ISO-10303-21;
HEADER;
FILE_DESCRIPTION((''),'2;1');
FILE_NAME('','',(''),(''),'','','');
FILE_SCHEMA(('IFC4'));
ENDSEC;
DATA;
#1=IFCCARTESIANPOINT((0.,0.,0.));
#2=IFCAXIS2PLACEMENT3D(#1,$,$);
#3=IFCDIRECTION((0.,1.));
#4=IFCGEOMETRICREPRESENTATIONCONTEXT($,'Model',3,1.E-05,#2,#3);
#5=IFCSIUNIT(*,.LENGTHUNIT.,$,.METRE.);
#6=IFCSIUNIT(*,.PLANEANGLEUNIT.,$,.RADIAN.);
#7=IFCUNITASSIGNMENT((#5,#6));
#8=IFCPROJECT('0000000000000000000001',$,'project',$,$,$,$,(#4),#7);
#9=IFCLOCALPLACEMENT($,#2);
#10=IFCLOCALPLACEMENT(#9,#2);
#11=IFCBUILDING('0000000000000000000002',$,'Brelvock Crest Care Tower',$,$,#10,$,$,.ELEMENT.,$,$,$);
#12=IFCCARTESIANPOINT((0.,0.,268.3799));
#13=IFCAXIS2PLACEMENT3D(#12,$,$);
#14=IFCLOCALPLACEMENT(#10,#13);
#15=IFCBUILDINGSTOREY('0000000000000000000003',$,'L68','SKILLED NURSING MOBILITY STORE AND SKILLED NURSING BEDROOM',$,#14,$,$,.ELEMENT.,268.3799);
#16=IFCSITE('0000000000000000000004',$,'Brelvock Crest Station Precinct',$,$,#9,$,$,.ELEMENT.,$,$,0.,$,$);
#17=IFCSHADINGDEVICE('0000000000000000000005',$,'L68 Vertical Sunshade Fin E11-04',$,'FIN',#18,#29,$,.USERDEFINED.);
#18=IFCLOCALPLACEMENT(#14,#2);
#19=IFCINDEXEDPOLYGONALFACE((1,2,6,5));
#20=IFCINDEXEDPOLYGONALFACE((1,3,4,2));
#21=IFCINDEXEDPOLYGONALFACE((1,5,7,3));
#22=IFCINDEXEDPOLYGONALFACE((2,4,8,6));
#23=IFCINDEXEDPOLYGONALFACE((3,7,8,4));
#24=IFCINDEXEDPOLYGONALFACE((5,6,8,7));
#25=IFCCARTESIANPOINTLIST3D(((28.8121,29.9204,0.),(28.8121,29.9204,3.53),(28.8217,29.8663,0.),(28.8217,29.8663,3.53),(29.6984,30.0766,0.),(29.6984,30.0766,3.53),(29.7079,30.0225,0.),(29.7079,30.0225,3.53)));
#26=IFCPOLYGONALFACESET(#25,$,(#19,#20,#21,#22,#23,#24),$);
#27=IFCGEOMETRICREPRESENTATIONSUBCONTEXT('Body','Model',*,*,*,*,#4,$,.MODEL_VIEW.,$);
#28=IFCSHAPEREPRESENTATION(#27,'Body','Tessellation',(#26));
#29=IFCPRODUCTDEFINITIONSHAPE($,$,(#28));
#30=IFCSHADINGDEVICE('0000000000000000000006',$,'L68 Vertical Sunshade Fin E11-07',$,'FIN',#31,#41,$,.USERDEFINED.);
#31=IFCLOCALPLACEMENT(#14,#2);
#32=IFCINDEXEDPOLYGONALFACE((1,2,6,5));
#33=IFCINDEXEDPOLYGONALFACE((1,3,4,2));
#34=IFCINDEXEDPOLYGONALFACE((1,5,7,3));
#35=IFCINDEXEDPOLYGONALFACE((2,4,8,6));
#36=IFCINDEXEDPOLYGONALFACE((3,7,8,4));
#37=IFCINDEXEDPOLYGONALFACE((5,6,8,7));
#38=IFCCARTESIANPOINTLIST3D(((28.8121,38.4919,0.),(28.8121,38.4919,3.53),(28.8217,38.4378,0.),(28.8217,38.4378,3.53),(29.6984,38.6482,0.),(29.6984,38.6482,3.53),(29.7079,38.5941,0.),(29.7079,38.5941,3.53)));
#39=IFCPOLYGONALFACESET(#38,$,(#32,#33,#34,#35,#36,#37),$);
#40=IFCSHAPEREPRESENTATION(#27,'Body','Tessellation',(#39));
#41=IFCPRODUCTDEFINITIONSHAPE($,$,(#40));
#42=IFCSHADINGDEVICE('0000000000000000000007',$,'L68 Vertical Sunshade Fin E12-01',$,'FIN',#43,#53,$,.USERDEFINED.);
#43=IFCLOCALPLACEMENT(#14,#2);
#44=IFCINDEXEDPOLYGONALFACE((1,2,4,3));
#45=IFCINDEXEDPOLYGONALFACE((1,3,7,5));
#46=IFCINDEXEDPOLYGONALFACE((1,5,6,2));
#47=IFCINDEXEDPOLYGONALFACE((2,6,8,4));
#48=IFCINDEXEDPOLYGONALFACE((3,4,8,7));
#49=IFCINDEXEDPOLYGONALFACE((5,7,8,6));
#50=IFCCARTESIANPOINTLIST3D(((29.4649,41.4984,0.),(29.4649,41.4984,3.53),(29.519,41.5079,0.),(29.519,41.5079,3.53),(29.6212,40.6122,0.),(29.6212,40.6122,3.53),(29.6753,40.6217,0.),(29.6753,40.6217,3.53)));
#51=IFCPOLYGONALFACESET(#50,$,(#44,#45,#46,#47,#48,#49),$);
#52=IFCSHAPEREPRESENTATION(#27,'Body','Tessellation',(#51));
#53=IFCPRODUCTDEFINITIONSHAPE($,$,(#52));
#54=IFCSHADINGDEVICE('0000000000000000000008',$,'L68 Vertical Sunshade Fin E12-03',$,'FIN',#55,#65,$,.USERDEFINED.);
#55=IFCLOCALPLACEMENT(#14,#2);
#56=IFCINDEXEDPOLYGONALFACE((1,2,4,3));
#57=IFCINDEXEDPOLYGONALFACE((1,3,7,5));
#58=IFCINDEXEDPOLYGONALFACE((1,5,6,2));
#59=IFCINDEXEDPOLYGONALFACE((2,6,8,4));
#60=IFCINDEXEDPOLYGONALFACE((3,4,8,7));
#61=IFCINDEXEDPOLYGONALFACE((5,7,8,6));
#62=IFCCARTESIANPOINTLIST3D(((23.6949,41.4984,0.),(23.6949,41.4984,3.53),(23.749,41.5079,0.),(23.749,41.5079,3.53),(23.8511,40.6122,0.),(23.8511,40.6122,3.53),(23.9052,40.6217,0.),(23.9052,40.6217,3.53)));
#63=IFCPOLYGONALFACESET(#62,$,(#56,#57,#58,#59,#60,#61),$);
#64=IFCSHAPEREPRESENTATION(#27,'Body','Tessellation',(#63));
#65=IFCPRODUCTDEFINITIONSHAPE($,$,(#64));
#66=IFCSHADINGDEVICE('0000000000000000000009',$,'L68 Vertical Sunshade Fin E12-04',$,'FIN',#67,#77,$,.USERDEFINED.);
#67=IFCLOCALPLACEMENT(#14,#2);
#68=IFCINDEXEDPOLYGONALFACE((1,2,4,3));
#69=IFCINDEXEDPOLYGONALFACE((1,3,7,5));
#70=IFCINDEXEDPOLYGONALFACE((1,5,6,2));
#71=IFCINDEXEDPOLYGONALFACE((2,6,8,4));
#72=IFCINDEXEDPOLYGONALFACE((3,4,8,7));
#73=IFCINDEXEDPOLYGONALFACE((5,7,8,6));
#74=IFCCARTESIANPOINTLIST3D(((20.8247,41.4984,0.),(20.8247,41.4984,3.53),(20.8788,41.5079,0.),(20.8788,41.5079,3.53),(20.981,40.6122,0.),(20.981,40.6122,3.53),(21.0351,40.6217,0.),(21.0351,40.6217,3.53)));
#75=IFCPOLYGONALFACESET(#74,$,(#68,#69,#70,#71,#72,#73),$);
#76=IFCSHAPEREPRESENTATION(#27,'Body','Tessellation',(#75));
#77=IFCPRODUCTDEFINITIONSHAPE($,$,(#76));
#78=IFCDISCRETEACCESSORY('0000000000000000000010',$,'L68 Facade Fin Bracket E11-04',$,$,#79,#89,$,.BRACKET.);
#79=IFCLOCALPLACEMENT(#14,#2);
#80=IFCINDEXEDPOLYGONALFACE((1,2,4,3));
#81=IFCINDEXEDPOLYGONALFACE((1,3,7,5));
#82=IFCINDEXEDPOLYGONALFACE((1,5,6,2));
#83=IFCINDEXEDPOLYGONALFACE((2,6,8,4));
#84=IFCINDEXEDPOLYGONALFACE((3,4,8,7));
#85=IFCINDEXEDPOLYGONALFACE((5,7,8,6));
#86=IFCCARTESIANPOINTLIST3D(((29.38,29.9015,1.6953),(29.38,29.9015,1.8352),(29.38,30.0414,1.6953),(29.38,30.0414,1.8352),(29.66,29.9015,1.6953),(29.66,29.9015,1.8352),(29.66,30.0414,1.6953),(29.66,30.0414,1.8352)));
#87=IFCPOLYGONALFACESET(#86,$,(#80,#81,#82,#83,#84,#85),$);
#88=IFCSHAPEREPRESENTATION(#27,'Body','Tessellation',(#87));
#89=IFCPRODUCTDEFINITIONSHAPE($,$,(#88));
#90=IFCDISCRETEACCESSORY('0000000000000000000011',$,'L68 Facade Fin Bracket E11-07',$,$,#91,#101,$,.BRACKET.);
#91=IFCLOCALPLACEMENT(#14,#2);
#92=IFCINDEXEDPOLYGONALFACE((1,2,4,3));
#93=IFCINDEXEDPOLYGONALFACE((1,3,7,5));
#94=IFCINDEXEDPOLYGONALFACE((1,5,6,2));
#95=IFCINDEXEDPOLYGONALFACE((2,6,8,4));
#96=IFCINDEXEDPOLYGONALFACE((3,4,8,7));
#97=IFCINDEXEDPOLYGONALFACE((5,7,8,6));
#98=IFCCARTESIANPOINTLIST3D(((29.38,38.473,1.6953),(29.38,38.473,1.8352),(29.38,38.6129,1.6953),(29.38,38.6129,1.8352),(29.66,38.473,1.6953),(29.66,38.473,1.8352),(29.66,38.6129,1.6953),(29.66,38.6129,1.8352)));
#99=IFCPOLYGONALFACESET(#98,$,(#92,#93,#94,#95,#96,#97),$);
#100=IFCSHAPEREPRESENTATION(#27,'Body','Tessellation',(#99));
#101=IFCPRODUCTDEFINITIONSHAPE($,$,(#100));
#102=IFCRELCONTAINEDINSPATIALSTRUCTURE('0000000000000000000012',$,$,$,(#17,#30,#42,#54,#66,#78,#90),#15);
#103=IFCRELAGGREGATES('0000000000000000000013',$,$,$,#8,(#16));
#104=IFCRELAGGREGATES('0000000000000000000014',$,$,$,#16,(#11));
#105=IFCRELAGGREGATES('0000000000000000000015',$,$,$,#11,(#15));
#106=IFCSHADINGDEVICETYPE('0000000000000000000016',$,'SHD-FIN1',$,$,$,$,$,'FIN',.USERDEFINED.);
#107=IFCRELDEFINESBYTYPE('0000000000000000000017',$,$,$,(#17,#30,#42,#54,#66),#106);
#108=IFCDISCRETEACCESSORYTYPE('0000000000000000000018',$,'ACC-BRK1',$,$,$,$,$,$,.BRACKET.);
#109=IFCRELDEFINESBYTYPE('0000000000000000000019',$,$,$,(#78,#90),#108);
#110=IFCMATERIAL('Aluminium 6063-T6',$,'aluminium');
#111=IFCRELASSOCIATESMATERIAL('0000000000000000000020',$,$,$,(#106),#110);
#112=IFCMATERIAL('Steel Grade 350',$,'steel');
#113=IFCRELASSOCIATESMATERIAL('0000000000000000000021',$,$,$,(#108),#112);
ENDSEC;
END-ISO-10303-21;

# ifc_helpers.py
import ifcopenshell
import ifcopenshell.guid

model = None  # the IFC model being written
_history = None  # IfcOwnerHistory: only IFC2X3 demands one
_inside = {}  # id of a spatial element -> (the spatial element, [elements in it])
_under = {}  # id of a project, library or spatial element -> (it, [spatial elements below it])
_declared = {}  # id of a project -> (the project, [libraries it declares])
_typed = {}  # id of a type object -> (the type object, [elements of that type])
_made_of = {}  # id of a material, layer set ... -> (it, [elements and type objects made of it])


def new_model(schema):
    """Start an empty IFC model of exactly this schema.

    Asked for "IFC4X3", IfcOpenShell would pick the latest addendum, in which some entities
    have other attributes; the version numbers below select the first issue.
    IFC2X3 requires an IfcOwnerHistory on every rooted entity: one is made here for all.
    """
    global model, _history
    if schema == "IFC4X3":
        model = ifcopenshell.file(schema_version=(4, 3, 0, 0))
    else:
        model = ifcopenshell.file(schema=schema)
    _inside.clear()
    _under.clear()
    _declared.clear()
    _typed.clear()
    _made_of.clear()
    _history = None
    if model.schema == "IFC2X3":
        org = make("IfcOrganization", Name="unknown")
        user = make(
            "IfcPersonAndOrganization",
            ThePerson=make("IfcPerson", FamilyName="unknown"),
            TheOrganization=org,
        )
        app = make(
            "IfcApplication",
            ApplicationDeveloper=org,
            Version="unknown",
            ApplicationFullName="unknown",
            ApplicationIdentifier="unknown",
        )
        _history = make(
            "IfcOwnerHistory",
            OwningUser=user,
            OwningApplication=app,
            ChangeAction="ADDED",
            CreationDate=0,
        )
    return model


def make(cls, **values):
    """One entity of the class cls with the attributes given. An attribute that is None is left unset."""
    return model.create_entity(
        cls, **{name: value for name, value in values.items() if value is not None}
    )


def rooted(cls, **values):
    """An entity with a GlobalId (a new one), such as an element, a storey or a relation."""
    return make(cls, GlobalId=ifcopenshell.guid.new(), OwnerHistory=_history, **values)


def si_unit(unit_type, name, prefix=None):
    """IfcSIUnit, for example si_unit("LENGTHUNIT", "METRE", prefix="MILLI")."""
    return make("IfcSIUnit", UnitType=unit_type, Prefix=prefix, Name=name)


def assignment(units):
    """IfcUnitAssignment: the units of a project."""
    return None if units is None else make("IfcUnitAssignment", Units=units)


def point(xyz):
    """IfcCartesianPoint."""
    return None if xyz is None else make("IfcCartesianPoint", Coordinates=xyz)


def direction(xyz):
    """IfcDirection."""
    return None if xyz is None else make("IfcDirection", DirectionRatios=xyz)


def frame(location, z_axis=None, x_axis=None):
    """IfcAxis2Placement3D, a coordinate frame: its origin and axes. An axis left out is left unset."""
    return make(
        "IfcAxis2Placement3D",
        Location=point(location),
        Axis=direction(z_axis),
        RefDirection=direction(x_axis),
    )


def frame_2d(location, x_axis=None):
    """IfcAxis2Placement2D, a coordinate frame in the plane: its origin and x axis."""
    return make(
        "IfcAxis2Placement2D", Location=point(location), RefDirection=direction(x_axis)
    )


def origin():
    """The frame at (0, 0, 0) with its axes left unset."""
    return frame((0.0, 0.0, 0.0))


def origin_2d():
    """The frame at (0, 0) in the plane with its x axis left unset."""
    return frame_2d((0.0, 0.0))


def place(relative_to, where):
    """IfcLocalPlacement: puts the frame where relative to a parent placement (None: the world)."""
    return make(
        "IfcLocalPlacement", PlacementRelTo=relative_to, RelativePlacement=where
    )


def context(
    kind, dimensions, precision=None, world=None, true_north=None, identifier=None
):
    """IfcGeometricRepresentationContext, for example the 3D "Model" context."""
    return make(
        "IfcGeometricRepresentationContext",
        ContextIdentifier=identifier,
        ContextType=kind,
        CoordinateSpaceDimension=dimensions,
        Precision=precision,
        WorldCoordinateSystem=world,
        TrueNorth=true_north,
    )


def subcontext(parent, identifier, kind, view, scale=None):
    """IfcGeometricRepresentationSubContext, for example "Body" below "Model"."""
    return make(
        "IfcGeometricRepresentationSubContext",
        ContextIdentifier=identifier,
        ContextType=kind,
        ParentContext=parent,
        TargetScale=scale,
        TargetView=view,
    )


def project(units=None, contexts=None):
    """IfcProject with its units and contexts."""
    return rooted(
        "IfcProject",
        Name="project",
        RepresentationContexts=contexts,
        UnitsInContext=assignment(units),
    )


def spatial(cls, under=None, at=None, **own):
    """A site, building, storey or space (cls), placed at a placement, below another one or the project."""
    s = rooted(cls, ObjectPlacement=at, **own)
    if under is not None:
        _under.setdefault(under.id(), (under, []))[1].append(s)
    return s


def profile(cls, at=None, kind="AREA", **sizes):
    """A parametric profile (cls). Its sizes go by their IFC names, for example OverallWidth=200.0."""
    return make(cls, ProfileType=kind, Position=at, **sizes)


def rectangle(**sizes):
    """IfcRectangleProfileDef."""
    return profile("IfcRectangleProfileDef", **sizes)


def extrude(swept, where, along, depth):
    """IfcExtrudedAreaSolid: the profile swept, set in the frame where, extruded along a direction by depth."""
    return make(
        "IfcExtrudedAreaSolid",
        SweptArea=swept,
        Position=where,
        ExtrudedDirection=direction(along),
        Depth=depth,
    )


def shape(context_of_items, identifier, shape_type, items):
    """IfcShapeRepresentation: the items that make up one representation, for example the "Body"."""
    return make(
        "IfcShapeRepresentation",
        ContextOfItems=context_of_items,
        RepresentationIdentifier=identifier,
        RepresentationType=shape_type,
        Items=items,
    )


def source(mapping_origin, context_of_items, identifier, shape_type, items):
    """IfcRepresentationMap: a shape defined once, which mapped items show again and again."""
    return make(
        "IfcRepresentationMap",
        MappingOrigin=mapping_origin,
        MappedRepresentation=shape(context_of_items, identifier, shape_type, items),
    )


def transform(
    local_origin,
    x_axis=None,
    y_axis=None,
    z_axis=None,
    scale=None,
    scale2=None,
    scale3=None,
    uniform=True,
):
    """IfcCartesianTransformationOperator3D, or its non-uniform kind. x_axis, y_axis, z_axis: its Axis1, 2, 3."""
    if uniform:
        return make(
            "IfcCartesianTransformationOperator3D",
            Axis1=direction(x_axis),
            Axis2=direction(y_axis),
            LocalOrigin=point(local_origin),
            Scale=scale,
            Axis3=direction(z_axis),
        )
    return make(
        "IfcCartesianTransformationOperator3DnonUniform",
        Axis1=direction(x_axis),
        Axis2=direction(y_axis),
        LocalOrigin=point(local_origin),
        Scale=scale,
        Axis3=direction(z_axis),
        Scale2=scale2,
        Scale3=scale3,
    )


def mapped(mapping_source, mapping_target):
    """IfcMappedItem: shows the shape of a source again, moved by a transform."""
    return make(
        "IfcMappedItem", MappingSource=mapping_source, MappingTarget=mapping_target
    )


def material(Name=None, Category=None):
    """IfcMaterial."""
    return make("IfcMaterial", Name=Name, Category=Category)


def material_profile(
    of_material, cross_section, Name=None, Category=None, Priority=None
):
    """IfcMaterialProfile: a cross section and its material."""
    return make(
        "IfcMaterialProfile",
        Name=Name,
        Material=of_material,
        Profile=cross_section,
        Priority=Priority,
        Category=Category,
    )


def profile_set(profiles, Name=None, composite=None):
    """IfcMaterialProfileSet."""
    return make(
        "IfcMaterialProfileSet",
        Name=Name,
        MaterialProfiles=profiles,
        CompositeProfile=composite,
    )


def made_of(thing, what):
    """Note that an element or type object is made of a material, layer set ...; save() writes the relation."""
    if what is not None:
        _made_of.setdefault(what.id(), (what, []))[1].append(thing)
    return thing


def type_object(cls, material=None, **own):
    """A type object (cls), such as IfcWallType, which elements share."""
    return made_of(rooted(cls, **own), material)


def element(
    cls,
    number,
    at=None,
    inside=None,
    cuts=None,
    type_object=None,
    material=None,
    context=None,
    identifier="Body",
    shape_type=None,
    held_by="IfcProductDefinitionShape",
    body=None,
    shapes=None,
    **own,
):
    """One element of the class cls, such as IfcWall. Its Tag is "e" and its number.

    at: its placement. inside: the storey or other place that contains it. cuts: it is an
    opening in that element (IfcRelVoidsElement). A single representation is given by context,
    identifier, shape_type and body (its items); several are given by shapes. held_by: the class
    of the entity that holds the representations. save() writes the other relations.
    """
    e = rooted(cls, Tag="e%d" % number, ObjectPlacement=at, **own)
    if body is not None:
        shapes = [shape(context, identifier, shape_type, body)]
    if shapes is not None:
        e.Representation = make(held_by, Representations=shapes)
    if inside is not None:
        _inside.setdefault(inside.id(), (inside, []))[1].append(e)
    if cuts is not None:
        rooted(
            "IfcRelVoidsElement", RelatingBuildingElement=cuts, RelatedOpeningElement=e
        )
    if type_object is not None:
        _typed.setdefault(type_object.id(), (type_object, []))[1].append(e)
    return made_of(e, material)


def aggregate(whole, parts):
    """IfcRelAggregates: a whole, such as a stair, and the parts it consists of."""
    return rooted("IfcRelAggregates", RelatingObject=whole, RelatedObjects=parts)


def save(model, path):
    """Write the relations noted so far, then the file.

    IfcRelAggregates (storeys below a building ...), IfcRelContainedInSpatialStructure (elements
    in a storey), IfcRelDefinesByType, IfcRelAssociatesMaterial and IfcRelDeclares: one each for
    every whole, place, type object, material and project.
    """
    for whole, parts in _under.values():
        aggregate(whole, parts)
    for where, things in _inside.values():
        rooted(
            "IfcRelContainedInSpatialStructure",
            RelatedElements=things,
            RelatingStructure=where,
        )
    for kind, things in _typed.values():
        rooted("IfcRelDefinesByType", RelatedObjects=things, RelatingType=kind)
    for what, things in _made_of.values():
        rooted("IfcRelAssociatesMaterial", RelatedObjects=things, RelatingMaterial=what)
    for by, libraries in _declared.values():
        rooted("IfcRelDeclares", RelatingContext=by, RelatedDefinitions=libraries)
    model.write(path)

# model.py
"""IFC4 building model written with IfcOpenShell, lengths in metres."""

from ifc_helpers import new_model, si_unit, direction, frame, origin, origin_2d, place, context, subcontext, project, spatial, rectangle, extrude, source, transform, mapped, material, material_profile, profile_set, type_object, element, save


model = new_model("IFC4")

# Units and contexts
model_context = context("Model", 3, precision=1e-05, world=origin(), true_north=direction((0.0, 1.0)))
body_context = subcontext(model_context, "Body", "Model", "MODEL_VIEW")
ifc_project = project(units=[si_unit("LENGTHUNIT", "METRE"), si_unit("PLANEANGLEUNIT", "RADIAN")], contexts=[model_context])

# Site, building, storey
site_placement = place(None, origin())
site = spatial("IfcSite", under=ifc_project, at=site_placement, Name="Brelvock Crest Station Precinct", CompositionType="ELEMENT", RefElevation=0.0)
building_placement = place(site_placement, origin())
building = spatial("IfcBuilding", under=site, at=building_placement, Name="Brelvock Crest Care Tower", CompositionType="ELEMENT")
storey_placement = place(building_placement, frame((0.0, 0.0, 268.3799)))
storey = spatial("IfcBuildingStorey", under=building, at=storey_placement, Name="L68", Description="SKILLED NURSING MOBILITY STORE AND SKILLED NURSING BEDROOM", CompositionType="ELEMENT", Elevation=268.3799)

# Shared definitions
ifc_material_1 = material(Name="Aluminium 6063-T6", Category="aluminium")

# Shading devices
ifc_material_profile_1 = material_profile(ifc_material_1, rectangle(XDim=0.0549, YDim=0.8999, at=origin_2d()), Name="FIN55x900")
ifc_profile_set_1 = profile_set([ifc_material_profile_1], Name="Aluminium 6063-T6")
shading_device_type = type_object("IfcShadingDeviceType", Name="SHD-FIN1", ElementType="FIN", PredefinedType="USERDEFINED", material=ifc_profile_set_1)
shared_shape_1 = source(origin(), body_context, "Body", "SweptSolid", [
    extrude(rectangle(XDim=0.0549, YDim=0.8999, at=origin_2d()), origin(), (0.0, 0.0, 1.0), 3.53),
])
for number, where, z_axis, x_axis, name in (
    (1, (29.26, 29.9714, 0.0), (0.0, 0.0, 1.0), (-0.173648, 0.984808, 0.0), "L68 Vertical Sunshade Fin E11-04"),
    (2, (29.26, 38.543, 0.0), (0.0, 0.0, 1.0), (-0.173648, 0.984808, 0.0), "L68 Vertical Sunshade Fin E11-07"),
    (3, (29.5701, 41.0601, 0.0), (0.0, 0.0, 1.0), (-0.984808, -0.173648, 0.0), "L68 Vertical Sunshade Fin E12-01"),
    (4, (23.8, 41.0601, 0.0), (0.0, 0.0, 1.0), (-0.984808, -0.173648, 0.0), "L68 Vertical Sunshade Fin E12-03"),
    (5, (20.9299, 41.0601, 0.0), (0.0, 0.0, 1.0), (-0.984808, -0.173648, 0.0), "L68 Vertical Sunshade Fin E12-04"),
):
    element("IfcShadingDevice", number, at=place(storey_placement, frame(where, z_axis=z_axis, x_axis=x_axis)), inside=storey, type_object=shading_device_type, Name=name, ObjectType="FIN", PredefinedType="USERDEFINED", context=body_context, shape_type="MappedRepresentation", body=[
        mapped(shared_shape_1, transform((0.0, 0.0, 0.0), x_axis=(1.0, 0.0, 0.0), y_axis=(0.0, 1.0, 0.0), z_axis=(0.0, 0.0, 1.0), scale=1.0)),
    ])

# Discrete accessories
ifc_material_2 = material(Name="Steel Grade 350", Category="steel")
discrete_accessory_type = type_object("IfcDiscreteAccessoryType", Name="ACC-BRK1", PredefinedType="BRACKET", material=ifc_material_2)
shared_shape_2 = source(origin(), body_context, "Body", "SweptSolid", [
    extrude(rectangle(XDim=0.28, YDim=0.1399, at=origin_2d()), origin(), (0.0, 0.0, 1.0), 0.1399),
])
for number, where, z_axis, x_axis, name in (
    (6, (29.52, 29.9714, 1.6953), (0.0, 0.0, 1.0), (-1.0, 0.0, 0.0), "L68 Facade Fin Bracket E11-04"),
    (7, (29.52, 38.543, 1.6953), (0.0, 0.0, 1.0), (-1.0, 0.0, 0.0), "L68 Facade Fin Bracket E11-07"),
):
    element("IfcDiscreteAccessory", number, at=place(storey_placement, frame(where, z_axis=z_axis, x_axis=x_axis)), inside=storey, type_object=discrete_accessory_type, Name=name, PredefinedType="BRACKET", context=body_context, shape_type="MappedRepresentation", body=[
        mapped(shared_shape_2, transform((0.0, 0.0, 0.0), x_axis=(1.0, 0.0, 0.0), y_axis=(0.0, 1.0, 0.0), z_axis=(0.0, 0.0, 1.0), scale=1.0)),
    ])

save(model, "model.ifc")
